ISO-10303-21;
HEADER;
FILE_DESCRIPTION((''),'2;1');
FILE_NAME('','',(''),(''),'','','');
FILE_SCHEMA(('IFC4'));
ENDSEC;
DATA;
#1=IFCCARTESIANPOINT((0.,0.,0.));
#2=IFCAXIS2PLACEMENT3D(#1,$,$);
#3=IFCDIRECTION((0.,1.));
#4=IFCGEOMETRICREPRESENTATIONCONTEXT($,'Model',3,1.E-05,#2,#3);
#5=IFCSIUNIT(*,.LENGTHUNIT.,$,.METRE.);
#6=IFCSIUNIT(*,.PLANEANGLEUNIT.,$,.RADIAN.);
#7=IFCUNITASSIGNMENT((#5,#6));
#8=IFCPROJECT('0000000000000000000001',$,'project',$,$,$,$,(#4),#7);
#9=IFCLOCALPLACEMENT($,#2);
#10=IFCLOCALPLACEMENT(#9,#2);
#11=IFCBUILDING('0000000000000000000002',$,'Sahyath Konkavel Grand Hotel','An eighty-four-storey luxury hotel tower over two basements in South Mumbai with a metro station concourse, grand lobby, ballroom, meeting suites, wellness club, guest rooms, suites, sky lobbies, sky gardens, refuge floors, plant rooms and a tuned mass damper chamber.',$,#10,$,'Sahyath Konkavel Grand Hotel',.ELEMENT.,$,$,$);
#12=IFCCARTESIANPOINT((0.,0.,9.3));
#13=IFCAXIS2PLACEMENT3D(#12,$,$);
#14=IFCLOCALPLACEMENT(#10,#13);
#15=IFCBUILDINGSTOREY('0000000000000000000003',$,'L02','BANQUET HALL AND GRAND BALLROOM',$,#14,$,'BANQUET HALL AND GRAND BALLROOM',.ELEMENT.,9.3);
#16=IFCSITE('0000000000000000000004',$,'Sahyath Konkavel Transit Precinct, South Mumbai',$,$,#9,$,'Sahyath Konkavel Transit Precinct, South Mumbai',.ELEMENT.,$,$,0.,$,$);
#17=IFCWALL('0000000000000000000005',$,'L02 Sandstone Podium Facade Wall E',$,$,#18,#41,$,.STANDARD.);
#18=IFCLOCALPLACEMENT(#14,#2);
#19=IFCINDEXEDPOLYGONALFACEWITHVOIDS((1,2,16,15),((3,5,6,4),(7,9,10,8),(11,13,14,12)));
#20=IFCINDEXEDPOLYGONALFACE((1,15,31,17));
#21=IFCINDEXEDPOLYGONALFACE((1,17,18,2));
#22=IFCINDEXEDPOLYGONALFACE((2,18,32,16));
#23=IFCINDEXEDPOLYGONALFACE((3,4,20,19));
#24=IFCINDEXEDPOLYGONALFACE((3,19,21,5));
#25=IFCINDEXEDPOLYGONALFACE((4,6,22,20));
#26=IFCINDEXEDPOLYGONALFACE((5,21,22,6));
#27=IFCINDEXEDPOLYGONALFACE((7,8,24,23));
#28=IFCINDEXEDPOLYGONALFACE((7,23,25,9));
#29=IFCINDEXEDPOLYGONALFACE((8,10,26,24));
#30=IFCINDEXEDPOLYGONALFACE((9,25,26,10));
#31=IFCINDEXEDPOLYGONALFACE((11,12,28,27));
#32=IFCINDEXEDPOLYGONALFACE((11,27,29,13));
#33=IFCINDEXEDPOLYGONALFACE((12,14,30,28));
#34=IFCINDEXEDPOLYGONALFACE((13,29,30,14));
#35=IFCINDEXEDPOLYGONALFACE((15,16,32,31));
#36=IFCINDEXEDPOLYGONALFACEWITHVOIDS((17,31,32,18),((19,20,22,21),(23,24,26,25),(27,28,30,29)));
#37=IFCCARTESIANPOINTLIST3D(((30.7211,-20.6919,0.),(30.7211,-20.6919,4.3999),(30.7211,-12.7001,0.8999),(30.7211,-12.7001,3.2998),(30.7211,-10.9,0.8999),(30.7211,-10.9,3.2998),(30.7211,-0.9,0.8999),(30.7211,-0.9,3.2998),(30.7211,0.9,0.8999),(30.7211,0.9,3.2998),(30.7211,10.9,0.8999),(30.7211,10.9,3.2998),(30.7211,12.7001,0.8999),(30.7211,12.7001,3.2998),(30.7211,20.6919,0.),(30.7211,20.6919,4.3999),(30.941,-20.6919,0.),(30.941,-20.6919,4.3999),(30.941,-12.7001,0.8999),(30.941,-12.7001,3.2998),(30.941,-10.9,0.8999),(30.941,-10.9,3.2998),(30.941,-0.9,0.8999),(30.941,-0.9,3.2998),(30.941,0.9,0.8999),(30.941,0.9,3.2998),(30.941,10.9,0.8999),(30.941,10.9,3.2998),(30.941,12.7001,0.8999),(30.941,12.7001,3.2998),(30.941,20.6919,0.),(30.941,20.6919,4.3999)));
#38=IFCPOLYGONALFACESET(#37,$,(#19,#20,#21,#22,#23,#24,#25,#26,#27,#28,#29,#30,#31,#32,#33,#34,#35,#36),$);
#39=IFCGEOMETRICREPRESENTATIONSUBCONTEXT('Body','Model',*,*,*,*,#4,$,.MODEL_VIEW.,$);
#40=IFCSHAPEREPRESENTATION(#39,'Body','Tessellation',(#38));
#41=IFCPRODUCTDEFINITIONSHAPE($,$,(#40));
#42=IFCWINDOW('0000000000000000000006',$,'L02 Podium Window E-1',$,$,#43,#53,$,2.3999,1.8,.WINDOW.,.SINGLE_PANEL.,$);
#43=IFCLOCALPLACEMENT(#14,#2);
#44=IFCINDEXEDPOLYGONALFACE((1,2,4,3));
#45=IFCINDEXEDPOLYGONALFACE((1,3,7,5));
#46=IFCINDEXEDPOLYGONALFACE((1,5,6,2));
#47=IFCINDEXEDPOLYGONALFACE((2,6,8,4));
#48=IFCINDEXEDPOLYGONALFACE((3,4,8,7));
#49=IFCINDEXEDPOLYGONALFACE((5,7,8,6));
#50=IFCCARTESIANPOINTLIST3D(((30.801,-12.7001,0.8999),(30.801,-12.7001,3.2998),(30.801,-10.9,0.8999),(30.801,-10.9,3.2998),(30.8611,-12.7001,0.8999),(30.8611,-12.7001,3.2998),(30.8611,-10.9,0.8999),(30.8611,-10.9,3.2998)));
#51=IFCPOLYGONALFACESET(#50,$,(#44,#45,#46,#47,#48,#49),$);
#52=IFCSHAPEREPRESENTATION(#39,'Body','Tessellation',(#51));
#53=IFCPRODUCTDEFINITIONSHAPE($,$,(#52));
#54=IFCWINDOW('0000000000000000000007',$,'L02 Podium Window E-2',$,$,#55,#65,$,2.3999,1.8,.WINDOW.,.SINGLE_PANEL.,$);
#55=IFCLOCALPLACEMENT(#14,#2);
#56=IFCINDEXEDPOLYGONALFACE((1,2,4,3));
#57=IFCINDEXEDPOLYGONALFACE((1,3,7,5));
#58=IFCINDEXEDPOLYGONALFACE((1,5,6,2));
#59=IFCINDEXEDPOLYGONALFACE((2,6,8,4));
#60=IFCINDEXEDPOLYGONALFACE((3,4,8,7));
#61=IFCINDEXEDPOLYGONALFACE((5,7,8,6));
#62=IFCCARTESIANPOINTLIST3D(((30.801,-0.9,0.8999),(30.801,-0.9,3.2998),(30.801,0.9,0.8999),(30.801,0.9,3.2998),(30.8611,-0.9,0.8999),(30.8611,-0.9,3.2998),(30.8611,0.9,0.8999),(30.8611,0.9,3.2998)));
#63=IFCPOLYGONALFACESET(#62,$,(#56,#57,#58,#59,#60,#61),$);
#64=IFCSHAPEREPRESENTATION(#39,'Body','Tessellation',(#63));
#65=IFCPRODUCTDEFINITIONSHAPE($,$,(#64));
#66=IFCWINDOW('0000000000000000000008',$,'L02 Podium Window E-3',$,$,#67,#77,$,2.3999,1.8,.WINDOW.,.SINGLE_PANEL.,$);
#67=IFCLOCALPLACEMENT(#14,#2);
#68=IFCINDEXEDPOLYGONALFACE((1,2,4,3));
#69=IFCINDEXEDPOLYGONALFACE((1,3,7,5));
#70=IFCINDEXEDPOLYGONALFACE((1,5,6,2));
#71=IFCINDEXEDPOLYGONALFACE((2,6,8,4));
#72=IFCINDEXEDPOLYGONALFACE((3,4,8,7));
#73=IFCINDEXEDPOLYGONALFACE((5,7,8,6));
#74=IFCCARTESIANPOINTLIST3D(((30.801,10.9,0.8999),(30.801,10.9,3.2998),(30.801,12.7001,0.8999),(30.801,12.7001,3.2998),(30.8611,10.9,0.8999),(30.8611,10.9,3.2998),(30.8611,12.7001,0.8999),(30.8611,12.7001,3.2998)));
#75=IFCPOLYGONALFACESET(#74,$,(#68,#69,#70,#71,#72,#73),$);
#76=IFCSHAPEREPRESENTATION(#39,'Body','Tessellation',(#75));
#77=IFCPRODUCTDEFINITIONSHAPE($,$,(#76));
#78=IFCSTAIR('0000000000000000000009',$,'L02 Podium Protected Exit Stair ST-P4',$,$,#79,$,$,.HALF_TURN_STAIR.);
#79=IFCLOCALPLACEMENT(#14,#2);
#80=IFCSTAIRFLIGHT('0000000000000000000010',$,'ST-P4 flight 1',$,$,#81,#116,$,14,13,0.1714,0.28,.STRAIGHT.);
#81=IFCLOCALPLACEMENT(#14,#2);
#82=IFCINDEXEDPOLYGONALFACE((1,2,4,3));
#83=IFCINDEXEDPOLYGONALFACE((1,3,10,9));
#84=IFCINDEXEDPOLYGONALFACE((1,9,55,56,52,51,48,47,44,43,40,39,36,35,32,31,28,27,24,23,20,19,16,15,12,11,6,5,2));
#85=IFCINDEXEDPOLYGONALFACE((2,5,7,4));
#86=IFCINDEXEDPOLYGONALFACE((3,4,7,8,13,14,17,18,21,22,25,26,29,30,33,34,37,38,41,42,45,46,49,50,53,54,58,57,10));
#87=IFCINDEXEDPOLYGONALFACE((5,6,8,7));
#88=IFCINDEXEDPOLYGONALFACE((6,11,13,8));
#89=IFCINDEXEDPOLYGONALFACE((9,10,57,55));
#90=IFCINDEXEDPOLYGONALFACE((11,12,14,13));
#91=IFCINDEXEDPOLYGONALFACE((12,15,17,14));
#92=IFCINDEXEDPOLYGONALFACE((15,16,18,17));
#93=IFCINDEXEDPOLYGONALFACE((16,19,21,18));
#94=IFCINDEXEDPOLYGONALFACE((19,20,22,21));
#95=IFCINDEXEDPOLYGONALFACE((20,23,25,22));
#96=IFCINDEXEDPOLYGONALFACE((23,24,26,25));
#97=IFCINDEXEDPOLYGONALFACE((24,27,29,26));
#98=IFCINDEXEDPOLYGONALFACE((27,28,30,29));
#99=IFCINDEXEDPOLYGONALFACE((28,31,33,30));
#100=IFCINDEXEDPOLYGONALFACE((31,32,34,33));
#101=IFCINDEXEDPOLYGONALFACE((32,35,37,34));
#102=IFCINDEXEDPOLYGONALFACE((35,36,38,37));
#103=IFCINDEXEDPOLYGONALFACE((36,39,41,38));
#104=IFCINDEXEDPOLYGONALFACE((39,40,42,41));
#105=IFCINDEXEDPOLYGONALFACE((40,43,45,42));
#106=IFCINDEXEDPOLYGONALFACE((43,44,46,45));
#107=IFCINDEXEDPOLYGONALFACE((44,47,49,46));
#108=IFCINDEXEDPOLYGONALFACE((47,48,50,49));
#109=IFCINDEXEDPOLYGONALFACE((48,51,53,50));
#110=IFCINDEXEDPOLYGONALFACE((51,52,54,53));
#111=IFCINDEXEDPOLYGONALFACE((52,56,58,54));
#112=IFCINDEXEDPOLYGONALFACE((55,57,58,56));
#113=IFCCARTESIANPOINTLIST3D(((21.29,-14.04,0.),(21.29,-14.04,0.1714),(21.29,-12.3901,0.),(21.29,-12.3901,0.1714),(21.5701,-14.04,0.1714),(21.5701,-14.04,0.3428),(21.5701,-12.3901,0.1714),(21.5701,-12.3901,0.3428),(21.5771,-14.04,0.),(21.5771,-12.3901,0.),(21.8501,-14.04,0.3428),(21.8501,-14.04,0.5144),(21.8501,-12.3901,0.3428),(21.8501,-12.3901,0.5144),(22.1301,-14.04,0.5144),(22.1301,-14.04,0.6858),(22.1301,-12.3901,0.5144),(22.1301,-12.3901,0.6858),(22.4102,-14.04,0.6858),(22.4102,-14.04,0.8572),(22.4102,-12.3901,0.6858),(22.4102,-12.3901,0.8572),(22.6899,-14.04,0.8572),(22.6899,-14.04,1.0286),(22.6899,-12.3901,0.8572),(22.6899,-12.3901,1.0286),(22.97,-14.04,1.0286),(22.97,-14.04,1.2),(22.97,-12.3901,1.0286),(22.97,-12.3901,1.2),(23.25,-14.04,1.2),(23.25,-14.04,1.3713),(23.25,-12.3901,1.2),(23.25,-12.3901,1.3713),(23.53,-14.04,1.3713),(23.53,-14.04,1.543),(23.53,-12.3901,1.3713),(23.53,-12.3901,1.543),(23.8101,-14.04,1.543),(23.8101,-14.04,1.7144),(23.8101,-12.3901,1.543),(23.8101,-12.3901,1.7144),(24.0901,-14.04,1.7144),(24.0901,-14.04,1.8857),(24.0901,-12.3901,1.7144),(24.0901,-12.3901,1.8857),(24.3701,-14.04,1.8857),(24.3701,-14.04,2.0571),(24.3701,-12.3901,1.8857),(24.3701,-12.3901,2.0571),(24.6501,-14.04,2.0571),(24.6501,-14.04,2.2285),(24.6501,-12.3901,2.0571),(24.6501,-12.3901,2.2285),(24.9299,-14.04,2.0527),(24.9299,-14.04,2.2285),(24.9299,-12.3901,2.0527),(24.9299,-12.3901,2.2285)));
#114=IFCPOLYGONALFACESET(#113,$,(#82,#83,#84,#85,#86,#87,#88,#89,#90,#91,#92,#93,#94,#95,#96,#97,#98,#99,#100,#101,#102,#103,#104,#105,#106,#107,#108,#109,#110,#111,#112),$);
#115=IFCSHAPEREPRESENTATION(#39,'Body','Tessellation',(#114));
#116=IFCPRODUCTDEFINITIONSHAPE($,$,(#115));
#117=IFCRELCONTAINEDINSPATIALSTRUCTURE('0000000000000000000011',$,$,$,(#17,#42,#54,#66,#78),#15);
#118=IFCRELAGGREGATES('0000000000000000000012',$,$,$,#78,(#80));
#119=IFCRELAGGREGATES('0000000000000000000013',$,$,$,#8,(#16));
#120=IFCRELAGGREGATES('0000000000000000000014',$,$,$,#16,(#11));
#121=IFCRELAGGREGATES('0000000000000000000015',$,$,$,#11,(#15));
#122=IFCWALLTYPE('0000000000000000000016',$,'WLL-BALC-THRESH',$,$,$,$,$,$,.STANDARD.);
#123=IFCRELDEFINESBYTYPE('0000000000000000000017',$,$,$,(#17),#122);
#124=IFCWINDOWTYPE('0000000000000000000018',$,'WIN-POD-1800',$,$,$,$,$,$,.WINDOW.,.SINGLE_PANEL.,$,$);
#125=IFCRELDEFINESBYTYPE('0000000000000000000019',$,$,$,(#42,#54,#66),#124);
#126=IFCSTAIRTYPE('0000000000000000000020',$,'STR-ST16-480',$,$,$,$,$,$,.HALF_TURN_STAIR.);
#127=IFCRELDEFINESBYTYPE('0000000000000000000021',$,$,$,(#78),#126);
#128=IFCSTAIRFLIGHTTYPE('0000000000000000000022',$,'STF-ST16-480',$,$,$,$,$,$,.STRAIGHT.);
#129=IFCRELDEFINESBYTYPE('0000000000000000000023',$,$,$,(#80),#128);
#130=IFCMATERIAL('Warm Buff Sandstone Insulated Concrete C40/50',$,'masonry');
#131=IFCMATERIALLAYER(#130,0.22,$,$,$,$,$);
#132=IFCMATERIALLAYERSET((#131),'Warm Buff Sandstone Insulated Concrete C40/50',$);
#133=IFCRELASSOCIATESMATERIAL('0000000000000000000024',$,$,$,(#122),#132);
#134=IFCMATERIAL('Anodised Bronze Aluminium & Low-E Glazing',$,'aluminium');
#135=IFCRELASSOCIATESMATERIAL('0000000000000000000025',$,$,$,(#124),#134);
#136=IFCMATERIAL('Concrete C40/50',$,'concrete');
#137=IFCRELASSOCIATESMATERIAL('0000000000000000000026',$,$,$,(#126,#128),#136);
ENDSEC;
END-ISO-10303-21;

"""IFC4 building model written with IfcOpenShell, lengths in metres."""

from ifc_helpers import new_model, si_unit, direction, frame, frame_2d, origin, origin_2d, place, context, subcontext, project, spatial, polyline, rectangle, outline, extrude, source, transform, mapped, material, layer, layer_set, type_object, element, fill, aggregate, save


model = new_model("IFC4")

# Units and contexts
model_context = context("Model", 3, precision=1e-05, world=origin(), true_north=direction((0.0, 1.0)))
body_context = subcontext(model_context, "Body", "Model", "MODEL_VIEW")
ifc_project = project(units=[si_unit("LENGTHUNIT", "METRE"), si_unit("PLANEANGLEUNIT", "RADIAN")], contexts=[model_context])

# Site, building, storey
site_placement = place(None, origin())
site = spatial("IfcSite", under=ifc_project, at=site_placement, Name="Sahyath Konkavel Transit Precinct, South Mumbai", LongName="Sahyath Konkavel Transit Precinct, South Mumbai", CompositionType="ELEMENT", RefElevation=0.0)
building_placement = place(site_placement, origin())
building = spatial("IfcBuilding", under=site, at=building_placement, Name="Sahyath Konkavel Grand Hotel", Description="An eighty-four-storey luxury hotel tower over two basements in South Mumbai with a metro station concourse, grand lobby, ballroom, meeting suites, wellness club, guest rooms, suites, sky lobbies, sky gardens, refuge floors, plant rooms and a tuned mass damper chamber.", LongName="Sahyath Konkavel Grand Hotel", CompositionType="ELEMENT")
storey_placement = place(building_placement, frame((0.0, 0.0, 9.3)))
storey = spatial("IfcBuildingStorey", under=building, at=storey_placement, Name="L02", Description="BANQUET HALL AND GRAND BALLROOM", LongName="BANQUET HALL AND GRAND BALLROOM", CompositionType="ELEMENT", Elevation=9.3)

# Shared definitions
ifc_material_1 = material(Name="Anodised Bronze Aluminium & Low-E Glazing", Category="aluminium")

# Shared definitions
ifc_material_2 = material(Name="Concrete C40/50", Category="concrete")

# Shared definitions
ifc_material_3 = material(Name="Warm Buff Sandstone Insulated Concrete C40/50", Category="masonry")
ifc_layer_1 = layer(ifc_material_3, 0.22)
ifc_layer_set_1 = layer_set([ifc_layer_1], Name="Warm Buff Sandstone Insulated Concrete C40/50")
wall_type_1 = type_object("IfcWallType", Name="WLL-BALC-THRESH", PredefinedType="STANDARD", material=ifc_layer_set_1)

# Wall, openings, windows
wall_1_placement = place(storey_placement, frame((30.8311, -20.6919, 0.0), z_axis=(0.0, 0.0, 1.0), x_axis=(0.0, 1.0, 0.0)))
wall_1 = element("IfcWall", 1, at=wall_1_placement, inside=storey, type_object=wall_type_1, Name="L02 Sandstone Podium Facade Wall E", PredefinedType="STANDARD", context=body_context, shape_type="SweptSolid", body=[
    extrude(rectangle(XDim=41.3838, YDim=0.22, at=frame_2d((20.6919, 0.0))), origin(), (0.0, 0.0, 1.0), 4.3999),
])
opening_1_placement = place(wall_1_placement, frame((7.9919, 0.0, 0.8999)))
opening_1 = element("IfcOpeningElement", 2, at=opening_1_placement, cuts=wall_1, PredefinedType="OPENING", context=body_context, shape_type="SweptSolid", body=[
    extrude(rectangle(XDim=1.8, YDim=2.3999, at=frame_2d((0.8999, 1.2))), frame((0.0, 0.1201, 0.0), z_axis=(0.0, -1.0, 0.0), x_axis=(1.0, 0.0, 0.0)), (0.0, 0.0, 1.0), 0.24),
])
opening_2_placement = place(wall_1_placement, frame((19.792, 0.0, 0.8999)))
opening_2 = element("IfcOpeningElement", 3, at=opening_2_placement, cuts=wall_1, PredefinedType="OPENING", context=body_context, shape_type="SweptSolid", body=[
    extrude(rectangle(XDim=1.8, YDim=2.3999, at=frame_2d((0.8999, 1.2))), frame((0.0, 0.1201, 0.0), z_axis=(0.0, -1.0, 0.0), x_axis=(1.0, 0.0, 0.0)), (0.0, 0.0, 1.0), 0.24),
])
opening_3_placement = place(wall_1_placement, frame((31.592, 0.0, 0.8999)))
opening_3 = element("IfcOpeningElement", 4, at=opening_3_placement, cuts=wall_1, PredefinedType="OPENING", context=body_context, shape_type="SweptSolid", body=[
    extrude(rectangle(XDim=1.8, YDim=2.3999, at=frame_2d((0.8999, 1.2))), frame((0.0, 0.1201, 0.0), z_axis=(0.0, -1.0, 0.0), x_axis=(1.0, 0.0, 0.0)), (0.0, 0.0, 1.0), 0.24),
])
window_type = type_object("IfcWindowType", Name="WIN-POD-1800", PartitioningType="SINGLE_PANEL", PredefinedType="WINDOW", material=ifc_material_1)
shared_shape_1 = source(origin(), body_context, "Body", "SweptSolid", [
    extrude(rectangle(XDim=1.8, YDim=0.0601, at=origin_2d()), origin(), (0.0, 0.0, 1.0), 2.3999),
])
window_1_placement = place(opening_1_placement, frame((0.8999, 0.0, 0.0)))
window_1 = element("IfcWindow", 5, at=window_1_placement, inside=storey, type_object=window_type, Name="L02 Podium Window E-1", OverallHeight=2.3999, OverallWidth=1.8, PartitioningType="SINGLE_PANEL", PredefinedType="WINDOW", context=body_context, shape_type="MappedRepresentation", body=[
    mapped(shared_shape_1, transform((0.0, 0.0, 0.0), scale=1.0)),
])
fill(opening_1, window_1)
window_2_placement = place(opening_2_placement, frame((0.8999, 0.0, 0.0)))
window_2 = element("IfcWindow", 6, at=window_2_placement, inside=storey, type_object=window_type, Name="L02 Podium Window E-2", OverallHeight=2.3999, OverallWidth=1.8, PartitioningType="SINGLE_PANEL", PredefinedType="WINDOW", context=body_context, shape_type="MappedRepresentation", body=[
    mapped(shared_shape_1, transform((0.0, 0.0, 0.0), scale=1.0)),
])
fill(opening_2, window_2)
window_3_placement = place(opening_3_placement, frame((0.8999, 0.0, 0.0)))
window_3 = element("IfcWindow", 7, at=window_3_placement, inside=storey, type_object=window_type, Name="L02 Podium Window E-3", OverallHeight=2.3999, OverallWidth=1.8, PartitioningType="SINGLE_PANEL", PredefinedType="WINDOW", context=body_context, shape_type="MappedRepresentation", body=[
    mapped(shared_shape_1, transform((0.0, 0.0, 0.0), scale=1.0)),
])
fill(opening_3, window_3)

# Stair, stair flight
stair_type = type_object("IfcStairType", Name="STR-ST16-480", PredefinedType="HALF_TURN_STAIR", material=ifc_material_2)
stair_placement = place(storey_placement, origin())
stair = element("IfcStair", 8, at=stair_placement, inside=storey, type_object=stair_type, Name="L02 Podium Protected Exit Stair ST-P4", PredefinedType="HALF_TURN_STAIR")
stair_flight_type = type_object("IfcStairFlightType", Name="STF-ST16-480", PredefinedType="STRAIGHT", material=ifc_material_2)
stair_flight_placement = place(storey_placement, frame((21.29, -13.2151, 0.0), z_axis=(0.0, 0.0, 1.0), x_axis=(1.0, 0.0, 0.0)))
stair_flight = element("IfcStairFlight", 9, at=stair_flight_placement, type_object=stair_flight_type, Name="ST-P4 flight 1", NumberOfRisers=14, NumberOfTreads=13, PredefinedType="STRAIGHT", RiserHeight=0.1714, TreadLength=0.28, context=body_context, shape_type="SweptSolid", body=[
    extrude(outline(polyline([(0.0, 0.0), (0.0, 0.1714), (0.28, 0.1714), (0.28, 0.3428), (0.5601, 0.3428), (0.5601, 0.5144), (0.8401, 0.5144), (0.8401, 0.6858), (1.1201, 0.6858), (1.1201, 0.8572), (1.3999, 0.8572), (1.3999, 1.0286), (1.6799, 1.0286), (1.6799, 1.2), (1.96, 1.2), (1.96, 1.3713), (2.24, 1.3713), (2.24, 1.543), (2.52, 1.543), (2.52, 1.7144), (2.8, 1.7144), (2.8, 1.8857), (3.0801, 1.8857), (3.0801, 2.0571), (3.3601, 2.0571), (3.3601, 2.2285), (3.6399, 2.2285), (3.6399, 2.3999), (3.6399, 2.0527), (0.2871, 0.0), (0.0, 0.0)])), frame((0.0, 0.825, 0.0), z_axis=(0.0, -1.0, 0.0), x_axis=(1.0, 0.0, 0.0)), (0.0, 0.0, 1.0), 1.6499),
])
aggregate(stair, [stair_flight])

save(model, "model.ifc")
